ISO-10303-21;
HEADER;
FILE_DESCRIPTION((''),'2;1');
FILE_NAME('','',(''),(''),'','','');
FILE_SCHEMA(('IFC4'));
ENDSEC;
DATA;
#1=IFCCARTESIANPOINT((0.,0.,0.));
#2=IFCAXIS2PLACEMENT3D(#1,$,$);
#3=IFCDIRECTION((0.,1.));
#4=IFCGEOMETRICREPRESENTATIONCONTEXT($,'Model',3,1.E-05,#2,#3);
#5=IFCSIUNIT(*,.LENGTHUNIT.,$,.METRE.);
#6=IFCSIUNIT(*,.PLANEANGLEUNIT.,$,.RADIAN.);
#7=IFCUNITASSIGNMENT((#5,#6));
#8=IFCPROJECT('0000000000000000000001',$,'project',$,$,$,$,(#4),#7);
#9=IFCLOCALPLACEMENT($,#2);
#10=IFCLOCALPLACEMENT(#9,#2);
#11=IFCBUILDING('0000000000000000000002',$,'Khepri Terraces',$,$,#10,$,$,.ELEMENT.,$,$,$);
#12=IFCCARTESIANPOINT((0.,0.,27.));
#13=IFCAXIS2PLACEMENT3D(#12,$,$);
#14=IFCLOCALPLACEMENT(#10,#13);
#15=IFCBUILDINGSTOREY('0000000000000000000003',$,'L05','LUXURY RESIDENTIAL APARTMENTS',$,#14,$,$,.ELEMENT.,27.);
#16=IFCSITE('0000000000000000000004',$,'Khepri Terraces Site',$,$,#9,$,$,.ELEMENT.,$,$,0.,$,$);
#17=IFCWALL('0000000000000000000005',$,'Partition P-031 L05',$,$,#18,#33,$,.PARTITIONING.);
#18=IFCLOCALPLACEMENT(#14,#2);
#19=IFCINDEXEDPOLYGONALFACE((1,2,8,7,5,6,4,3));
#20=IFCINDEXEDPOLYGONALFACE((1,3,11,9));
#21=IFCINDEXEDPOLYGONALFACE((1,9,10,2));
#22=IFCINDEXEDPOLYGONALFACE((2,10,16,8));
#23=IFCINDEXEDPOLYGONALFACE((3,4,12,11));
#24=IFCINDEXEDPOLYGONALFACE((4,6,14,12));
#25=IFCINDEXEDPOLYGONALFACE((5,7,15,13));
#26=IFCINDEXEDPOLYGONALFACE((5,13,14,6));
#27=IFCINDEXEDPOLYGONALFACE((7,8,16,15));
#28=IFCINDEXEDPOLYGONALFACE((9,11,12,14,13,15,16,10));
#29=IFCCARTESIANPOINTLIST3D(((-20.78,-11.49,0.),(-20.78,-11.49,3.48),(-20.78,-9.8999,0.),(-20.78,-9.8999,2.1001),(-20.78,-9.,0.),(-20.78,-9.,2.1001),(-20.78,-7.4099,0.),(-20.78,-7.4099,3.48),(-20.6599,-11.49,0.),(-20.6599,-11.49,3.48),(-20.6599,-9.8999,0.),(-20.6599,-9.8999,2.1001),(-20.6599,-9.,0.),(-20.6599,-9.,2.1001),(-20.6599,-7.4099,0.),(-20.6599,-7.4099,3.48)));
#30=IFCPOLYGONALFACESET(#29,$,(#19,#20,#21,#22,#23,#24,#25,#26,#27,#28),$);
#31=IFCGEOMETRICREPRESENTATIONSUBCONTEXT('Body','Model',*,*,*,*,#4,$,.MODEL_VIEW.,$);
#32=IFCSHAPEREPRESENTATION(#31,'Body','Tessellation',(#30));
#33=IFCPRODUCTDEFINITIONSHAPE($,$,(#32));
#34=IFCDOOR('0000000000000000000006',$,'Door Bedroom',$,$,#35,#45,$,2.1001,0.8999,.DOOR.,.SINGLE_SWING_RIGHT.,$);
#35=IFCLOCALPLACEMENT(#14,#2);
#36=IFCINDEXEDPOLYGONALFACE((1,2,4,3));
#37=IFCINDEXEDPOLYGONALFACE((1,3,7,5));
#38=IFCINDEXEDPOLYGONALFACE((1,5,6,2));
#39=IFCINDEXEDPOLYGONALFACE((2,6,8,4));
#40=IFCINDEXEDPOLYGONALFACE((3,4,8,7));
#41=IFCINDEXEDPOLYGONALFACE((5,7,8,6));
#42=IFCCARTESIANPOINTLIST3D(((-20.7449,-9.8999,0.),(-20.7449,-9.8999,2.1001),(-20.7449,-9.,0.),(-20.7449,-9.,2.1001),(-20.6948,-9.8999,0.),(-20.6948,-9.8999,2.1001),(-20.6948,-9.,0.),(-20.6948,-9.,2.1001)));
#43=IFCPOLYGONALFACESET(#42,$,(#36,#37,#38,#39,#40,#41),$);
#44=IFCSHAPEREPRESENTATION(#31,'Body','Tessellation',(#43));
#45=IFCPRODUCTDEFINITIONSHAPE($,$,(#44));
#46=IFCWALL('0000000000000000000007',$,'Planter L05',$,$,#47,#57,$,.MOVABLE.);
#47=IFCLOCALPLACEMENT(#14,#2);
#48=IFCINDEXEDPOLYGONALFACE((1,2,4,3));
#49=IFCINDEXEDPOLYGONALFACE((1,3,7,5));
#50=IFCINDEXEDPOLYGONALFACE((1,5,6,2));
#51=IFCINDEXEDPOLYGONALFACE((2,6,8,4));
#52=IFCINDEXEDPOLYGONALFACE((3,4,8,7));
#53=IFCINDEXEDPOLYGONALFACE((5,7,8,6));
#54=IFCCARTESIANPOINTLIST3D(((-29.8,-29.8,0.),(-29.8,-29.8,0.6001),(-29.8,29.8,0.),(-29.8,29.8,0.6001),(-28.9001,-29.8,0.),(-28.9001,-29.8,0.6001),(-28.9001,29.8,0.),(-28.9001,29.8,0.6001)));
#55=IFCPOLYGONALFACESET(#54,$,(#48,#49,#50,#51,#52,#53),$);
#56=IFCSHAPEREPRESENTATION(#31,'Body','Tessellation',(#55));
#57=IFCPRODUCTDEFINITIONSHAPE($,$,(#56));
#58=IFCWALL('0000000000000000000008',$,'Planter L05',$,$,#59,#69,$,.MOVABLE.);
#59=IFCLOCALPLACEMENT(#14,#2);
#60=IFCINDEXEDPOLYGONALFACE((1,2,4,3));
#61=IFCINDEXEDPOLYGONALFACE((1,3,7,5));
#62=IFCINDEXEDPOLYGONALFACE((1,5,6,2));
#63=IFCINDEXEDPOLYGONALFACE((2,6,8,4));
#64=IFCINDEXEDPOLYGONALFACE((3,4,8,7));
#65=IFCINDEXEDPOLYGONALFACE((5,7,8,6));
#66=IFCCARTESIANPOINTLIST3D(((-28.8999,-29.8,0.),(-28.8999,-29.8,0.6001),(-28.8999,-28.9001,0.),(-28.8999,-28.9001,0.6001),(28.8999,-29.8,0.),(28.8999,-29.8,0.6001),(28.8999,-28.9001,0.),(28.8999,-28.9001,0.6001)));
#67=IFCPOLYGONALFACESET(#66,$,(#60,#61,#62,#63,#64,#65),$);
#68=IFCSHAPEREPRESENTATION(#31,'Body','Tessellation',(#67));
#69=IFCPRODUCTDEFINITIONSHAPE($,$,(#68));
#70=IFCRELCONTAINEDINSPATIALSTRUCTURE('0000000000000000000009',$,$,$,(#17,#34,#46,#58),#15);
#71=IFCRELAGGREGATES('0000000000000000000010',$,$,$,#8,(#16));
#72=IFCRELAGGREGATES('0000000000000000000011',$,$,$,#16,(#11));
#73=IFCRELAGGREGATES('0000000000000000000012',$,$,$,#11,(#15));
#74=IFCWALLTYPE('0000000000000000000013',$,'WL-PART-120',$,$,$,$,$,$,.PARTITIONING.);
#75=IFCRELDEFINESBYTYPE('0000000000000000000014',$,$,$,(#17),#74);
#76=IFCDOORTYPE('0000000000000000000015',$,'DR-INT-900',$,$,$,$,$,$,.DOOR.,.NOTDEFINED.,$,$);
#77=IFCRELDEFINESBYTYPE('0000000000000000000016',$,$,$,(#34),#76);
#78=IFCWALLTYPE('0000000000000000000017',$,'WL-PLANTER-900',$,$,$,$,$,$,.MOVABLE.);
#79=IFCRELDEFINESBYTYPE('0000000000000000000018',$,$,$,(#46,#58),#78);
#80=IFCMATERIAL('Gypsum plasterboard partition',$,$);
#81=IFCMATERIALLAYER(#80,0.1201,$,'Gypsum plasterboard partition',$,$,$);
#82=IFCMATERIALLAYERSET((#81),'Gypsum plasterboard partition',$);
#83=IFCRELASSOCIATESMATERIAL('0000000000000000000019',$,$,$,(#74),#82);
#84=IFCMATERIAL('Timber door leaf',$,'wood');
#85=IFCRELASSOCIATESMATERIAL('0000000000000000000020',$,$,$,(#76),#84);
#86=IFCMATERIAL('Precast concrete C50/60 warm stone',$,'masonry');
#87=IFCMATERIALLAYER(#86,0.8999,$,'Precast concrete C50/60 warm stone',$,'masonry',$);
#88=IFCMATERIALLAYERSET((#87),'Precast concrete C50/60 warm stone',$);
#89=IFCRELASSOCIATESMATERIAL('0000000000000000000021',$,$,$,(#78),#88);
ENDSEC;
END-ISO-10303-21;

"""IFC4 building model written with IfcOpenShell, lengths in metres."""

from ifc_helpers import new_model, si_unit, direction, frame, frame_2d, origin, place, context, subcontext, project, spatial, rectangle, extrude, material, layer, layer_set, type_object, element, fill, save


model = new_model("IFC4")

# Units and contexts
model_context = context("Model", 3, precision=1e-05, world=origin(), true_north=direction((0.0, 1.0)))
body_context = subcontext(model_context, "Body", "Model", "MODEL_VIEW")
ifc_project = project(units=[si_unit("LENGTHUNIT", "METRE"), si_unit("PLANEANGLEUNIT", "RADIAN")], contexts=[model_context])

# Site, building, storey
site_placement = place(None, origin())
site = spatial("IfcSite", under=ifc_project, at=site_placement, Name="Khepri Terraces Site", CompositionType="ELEMENT", RefElevation=0.0)
building_placement = place(site_placement, origin())
building = spatial("IfcBuilding", under=site, at=building_placement, Name="Khepri Terraces", CompositionType="ELEMENT")
storey_placement = place(building_placement, frame((0.0, 0.0, 27.0)))
storey = spatial("IfcBuildingStorey", under=building, at=storey_placement, Name="L05", Description="LUXURY RESIDENTIAL APARTMENTS", CompositionType="ELEMENT", Elevation=27.0)

# Shared definitions
ifc_material_1 = material(Name="Precast concrete C50/60 warm stone", Category="masonry")

# Shared definitions
ifc_material_2 = material(Name="Gypsum plasterboard partition")
ifc_layer_1 = layer(ifc_material_2, 0.1201, Name="Gypsum plasterboard partition")
ifc_layer_set_1 = layer_set([ifc_layer_1], Name="Gypsum plasterboard partition")
wall_type_1 = type_object("IfcWallType", Name="WL-PART-120", PredefinedType="PARTITIONING", material=ifc_layer_set_1)

# Shared definitions
ifc_material_3 = material(Name="Timber door leaf", Category="wood")
door_type_1 = type_object("IfcDoorType", Name="DR-INT-900", OperationType="NOTDEFINED", PredefinedType="DOOR", material=ifc_material_3)

# Wall, opening, door
wall_1_placement = place(storey_placement, frame((-20.72, -11.49, 0.0), z_axis=(0.0, 0.0, 1.0), x_axis=(0.0, 1.0, 0.0)))
wall_1 = element("IfcWall", 1, at=wall_1_placement, inside=storey, type_object=wall_type_1, Name="Partition P-031 L05", PredefinedType="PARTITIONING", context=body_context, shape_type="SweptSolid", body=[
    extrude(rectangle(XDim=4.0801, YDim=0.1201, at=frame_2d((2.04, 0.0))), origin(), (0.0, 0.0, 1.0), 3.48),
])
opening_1_placement = place(wall_1_placement, frame((1.5901, 0.0, 0.0)))
opening_1 = element("IfcOpeningElement", 2, at=opening_1_placement, cuts=wall_1, PredefinedType="OPENING", context=body_context, shape_type="SweptSolid", body=[
    extrude(rectangle(XDim=0.8999, YDim=2.1001, at=frame_2d((0.45, 1.05))), frame((0.0, 0.0701, 0.0), z_axis=(0.0, -1.0, 0.0), x_axis=(1.0, 0.0, 0.0)), (0.0, 0.0, 1.0), 0.1401),
])
door_1_placement = place(opening_1_placement, origin())
door_1 = element("IfcDoor", 3, at=door_1_placement, inside=storey, type_object=door_type_1, Name="Door Bedroom", OperationType="SINGLE_SWING_RIGHT", OverallHeight=2.1001, OverallWidth=0.8999, PredefinedType="DOOR", context=body_context, shape_type="SweptSolid", body=[
    extrude(rectangle(XDim=0.8999, YDim=2.1001, at=frame_2d((0.45, 1.05))), frame((0.0, 0.0249, 0.0), z_axis=(0.0, -1.0, 0.0), x_axis=(1.0, 0.0, 0.0)), (0.0, 0.0, 1.0), 0.05),
])
fill(opening_1, door_1)

# Walls
ifc_layer_2 = layer(ifc_material_1, 0.8999, Name="Precast concrete C50/60 warm stone", Category="masonry")
ifc_layer_set_2 = layer_set([ifc_layer_2], Name="Precast concrete C50/60 warm stone")
wall_type_2 = type_object("IfcWallType", Name="WL-PLANTER-900", PredefinedType="MOVABLE", material=ifc_layer_set_2)
wall_2_placement = place(storey_placement, frame((-29.3501, -29.8, 0.0), z_axis=(0.0, 0.0, 1.0), x_axis=(0.0, 1.0, 0.0)))
element("IfcWall", 4, at=wall_2_placement, inside=storey, type_object=wall_type_2, Name="Planter L05", PredefinedType="MOVABLE", context=body_context, shape_type="SweptSolid", body=[
    extrude(rectangle(XDim=59.6001, YDim=0.8999, at=frame_2d((29.8, 0.0))), origin(), (0.0, 0.0, 1.0), 0.6001),
])
wall_3_placement = place(storey_placement, frame((-28.8999, -29.3501, 0.0), z_axis=(0.0, 0.0, 1.0), x_axis=(1.0, 0.0, 0.0)))
element("IfcWall", 5, at=wall_3_placement, inside=storey, type_object=wall_type_2, Name="Planter L05", PredefinedType="MOVABLE", context=body_context, shape_type="SweptSolid", body=[
    extrude(rectangle(XDim=57.7998, YDim=0.8999, at=frame_2d((28.8999, 0.0))), origin(), (0.0, 0.0, 1.0), 0.6001),
])

save(model, "model.ifc")
